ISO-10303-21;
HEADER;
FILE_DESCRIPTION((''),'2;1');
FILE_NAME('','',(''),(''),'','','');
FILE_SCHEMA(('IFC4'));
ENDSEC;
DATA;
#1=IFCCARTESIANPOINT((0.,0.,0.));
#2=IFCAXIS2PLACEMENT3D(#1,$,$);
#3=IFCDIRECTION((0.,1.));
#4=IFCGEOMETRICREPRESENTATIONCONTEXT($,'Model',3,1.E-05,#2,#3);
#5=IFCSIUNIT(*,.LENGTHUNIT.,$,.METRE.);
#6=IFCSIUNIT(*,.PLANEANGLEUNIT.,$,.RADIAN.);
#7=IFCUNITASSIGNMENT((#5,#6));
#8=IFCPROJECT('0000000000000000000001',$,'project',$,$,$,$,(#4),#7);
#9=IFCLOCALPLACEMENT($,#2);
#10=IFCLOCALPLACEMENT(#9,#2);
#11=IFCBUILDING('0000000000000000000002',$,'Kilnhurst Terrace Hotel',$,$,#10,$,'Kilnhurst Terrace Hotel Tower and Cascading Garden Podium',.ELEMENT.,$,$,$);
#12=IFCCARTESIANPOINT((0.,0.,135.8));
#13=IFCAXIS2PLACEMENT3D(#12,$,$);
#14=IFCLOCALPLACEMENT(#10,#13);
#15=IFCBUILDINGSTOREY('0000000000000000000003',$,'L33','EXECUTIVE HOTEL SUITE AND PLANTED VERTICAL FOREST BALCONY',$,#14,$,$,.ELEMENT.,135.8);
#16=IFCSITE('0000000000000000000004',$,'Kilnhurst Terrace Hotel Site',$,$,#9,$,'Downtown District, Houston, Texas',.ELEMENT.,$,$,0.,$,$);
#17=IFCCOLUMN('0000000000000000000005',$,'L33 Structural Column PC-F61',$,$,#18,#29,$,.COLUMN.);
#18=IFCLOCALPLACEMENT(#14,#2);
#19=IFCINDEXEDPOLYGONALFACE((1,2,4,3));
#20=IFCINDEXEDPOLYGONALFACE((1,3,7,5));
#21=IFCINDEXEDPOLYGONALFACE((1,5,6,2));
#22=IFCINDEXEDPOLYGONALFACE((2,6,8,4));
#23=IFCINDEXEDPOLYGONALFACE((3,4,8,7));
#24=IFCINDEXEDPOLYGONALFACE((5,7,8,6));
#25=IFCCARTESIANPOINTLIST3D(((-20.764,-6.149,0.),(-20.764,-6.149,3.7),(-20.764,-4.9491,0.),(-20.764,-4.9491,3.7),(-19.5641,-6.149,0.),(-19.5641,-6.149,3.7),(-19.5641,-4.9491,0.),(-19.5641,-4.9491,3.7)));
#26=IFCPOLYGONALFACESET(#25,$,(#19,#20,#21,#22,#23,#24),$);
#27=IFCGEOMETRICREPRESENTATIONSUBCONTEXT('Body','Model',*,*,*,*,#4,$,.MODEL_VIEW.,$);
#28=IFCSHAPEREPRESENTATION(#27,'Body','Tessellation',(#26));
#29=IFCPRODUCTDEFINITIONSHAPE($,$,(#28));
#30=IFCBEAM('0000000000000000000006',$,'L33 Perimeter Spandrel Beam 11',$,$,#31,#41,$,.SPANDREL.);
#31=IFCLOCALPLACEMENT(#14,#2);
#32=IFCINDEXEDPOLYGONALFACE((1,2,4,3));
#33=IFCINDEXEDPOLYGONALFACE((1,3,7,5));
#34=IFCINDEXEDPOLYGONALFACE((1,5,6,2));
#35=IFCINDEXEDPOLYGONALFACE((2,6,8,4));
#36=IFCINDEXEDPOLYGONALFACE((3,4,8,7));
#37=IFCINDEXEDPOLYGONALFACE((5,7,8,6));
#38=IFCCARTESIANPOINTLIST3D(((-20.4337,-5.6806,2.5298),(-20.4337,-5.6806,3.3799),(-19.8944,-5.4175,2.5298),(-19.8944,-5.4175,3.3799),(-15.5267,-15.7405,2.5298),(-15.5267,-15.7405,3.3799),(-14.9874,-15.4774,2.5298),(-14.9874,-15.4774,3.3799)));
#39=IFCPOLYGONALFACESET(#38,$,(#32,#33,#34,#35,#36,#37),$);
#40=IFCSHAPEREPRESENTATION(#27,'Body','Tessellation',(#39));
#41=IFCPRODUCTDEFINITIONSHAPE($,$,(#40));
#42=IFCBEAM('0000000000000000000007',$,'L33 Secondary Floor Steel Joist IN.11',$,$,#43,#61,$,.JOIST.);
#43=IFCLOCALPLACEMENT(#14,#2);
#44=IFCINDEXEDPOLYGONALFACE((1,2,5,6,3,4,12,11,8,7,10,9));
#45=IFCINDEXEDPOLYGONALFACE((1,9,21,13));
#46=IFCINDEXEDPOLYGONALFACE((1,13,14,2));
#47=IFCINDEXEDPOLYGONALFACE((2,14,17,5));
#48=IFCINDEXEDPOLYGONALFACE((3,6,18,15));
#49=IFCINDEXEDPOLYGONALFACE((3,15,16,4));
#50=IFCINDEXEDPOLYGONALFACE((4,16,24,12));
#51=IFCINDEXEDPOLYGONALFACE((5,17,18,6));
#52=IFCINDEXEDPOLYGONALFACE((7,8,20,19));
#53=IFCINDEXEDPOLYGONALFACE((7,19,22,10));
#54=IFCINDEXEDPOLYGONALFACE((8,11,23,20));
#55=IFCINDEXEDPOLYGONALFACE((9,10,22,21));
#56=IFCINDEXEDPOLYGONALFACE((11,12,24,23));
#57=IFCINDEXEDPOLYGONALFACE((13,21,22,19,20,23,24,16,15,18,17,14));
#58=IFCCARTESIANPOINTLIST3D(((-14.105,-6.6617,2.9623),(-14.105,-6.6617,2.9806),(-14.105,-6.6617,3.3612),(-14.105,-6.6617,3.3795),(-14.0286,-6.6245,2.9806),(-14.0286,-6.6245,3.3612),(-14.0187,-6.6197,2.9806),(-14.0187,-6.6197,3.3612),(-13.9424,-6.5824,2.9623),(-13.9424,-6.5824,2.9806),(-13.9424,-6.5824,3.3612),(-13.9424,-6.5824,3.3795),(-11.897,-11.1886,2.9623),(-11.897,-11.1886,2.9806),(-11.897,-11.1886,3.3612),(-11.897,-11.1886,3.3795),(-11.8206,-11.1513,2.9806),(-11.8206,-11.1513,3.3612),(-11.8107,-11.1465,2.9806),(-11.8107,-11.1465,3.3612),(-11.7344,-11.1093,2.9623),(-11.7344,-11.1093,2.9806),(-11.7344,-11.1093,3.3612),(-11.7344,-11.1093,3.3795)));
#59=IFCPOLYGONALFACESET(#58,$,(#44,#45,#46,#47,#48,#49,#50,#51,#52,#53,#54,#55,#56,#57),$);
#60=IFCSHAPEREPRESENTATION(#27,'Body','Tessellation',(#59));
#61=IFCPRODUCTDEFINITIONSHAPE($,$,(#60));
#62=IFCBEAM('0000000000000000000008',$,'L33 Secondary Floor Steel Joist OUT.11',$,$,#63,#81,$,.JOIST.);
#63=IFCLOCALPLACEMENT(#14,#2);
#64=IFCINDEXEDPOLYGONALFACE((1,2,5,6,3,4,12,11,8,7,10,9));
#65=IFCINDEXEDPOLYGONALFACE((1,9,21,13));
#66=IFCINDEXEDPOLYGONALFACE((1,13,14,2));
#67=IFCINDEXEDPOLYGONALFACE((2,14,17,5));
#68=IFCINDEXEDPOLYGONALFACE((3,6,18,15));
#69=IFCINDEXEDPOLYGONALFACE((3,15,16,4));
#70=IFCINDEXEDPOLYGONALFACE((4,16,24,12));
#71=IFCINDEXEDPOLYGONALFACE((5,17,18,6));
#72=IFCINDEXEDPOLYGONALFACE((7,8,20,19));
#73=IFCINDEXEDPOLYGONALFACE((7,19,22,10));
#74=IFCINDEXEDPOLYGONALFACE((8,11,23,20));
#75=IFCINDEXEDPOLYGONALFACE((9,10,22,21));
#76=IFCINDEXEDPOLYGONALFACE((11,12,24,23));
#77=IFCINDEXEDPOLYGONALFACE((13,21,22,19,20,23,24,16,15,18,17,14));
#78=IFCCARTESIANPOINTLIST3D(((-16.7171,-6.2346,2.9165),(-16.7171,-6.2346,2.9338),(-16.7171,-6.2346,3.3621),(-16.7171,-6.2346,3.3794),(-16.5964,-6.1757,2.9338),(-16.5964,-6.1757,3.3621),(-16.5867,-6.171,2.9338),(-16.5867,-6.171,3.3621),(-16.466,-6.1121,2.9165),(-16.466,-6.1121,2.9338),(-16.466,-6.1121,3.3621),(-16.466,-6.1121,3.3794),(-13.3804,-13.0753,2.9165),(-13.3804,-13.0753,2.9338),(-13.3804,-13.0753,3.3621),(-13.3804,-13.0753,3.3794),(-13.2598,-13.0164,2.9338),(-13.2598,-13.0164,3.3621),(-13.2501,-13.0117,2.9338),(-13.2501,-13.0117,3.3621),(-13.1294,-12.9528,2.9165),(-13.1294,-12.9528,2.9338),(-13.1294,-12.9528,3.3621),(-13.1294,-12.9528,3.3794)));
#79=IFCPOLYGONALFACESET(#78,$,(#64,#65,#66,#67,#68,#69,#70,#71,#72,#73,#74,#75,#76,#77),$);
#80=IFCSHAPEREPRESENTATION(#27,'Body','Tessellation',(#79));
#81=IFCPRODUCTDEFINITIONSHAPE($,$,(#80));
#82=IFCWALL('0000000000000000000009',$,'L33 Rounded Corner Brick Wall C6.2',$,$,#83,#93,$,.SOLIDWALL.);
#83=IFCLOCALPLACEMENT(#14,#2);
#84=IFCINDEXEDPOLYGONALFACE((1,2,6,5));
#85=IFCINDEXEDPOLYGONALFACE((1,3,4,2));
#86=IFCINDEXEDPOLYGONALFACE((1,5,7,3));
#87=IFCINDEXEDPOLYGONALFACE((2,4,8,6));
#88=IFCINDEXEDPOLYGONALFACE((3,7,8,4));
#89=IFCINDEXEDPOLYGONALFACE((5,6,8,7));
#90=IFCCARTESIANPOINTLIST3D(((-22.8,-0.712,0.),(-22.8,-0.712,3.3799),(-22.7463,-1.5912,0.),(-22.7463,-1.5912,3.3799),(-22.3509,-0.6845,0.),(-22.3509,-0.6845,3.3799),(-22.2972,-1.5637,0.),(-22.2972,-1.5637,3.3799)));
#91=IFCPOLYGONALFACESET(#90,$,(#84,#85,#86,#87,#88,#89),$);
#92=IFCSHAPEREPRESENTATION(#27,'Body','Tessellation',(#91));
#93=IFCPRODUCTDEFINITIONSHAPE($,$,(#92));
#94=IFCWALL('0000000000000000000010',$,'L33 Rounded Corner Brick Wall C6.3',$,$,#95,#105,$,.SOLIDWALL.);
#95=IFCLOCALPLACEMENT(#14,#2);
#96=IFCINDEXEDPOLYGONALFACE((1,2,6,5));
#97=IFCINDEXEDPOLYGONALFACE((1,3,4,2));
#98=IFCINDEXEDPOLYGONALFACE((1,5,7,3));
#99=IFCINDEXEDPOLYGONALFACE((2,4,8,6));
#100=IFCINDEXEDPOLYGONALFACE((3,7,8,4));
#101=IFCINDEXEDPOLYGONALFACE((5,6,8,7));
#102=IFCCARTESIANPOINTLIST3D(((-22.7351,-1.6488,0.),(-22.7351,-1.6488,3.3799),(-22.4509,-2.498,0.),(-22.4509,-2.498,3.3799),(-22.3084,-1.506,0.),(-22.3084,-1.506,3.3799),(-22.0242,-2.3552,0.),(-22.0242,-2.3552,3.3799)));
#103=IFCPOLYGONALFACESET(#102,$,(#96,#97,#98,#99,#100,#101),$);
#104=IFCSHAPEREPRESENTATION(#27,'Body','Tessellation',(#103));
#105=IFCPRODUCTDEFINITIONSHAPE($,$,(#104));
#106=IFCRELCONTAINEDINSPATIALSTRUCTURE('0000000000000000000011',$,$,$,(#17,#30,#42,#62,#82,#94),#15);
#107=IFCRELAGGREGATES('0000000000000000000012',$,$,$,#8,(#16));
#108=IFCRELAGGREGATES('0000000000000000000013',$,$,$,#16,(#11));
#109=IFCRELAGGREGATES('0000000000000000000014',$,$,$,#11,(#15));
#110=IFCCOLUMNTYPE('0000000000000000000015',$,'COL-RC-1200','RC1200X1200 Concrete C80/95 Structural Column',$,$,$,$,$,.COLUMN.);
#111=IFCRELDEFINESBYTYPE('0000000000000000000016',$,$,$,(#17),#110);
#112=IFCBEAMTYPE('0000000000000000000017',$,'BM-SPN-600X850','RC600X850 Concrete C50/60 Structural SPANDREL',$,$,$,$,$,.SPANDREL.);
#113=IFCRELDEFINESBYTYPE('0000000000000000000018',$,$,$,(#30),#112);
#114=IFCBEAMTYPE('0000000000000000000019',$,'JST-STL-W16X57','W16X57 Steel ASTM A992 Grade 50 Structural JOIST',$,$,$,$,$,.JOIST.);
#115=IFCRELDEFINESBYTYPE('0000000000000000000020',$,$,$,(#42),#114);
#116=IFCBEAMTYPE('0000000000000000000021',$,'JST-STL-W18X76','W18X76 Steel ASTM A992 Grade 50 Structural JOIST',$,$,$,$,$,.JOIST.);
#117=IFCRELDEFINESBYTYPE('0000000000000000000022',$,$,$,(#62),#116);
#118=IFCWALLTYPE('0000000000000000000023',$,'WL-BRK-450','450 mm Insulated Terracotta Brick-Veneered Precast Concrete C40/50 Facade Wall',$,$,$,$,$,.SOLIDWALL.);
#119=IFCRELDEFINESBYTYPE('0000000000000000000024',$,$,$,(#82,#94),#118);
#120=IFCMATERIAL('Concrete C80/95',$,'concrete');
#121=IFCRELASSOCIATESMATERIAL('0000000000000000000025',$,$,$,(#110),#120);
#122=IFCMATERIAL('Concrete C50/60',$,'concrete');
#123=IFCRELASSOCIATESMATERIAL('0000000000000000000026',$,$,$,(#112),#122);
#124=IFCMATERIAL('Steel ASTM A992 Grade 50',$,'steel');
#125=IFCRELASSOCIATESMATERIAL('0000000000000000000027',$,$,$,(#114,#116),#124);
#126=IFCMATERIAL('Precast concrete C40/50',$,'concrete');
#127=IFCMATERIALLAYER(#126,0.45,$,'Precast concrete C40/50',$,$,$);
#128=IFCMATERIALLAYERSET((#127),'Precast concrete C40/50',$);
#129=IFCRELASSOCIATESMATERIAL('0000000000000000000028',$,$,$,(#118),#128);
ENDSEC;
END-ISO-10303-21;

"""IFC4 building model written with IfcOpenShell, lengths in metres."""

from ifc_helpers import new_model, si_unit, direction, frame, frame_2d, origin, origin_2d, place, context, subcontext, project, spatial, rectangle, i_section, extrude, material, layer, layer_set, material_profile, profile_set, type_object, element, save


model = new_model("IFC4")

# Units and contexts
model_context = context("Model", 3, precision=1e-05, world=origin(), true_north=direction((0.0, 1.0)))
body_context = subcontext(model_context, "Body", "Model", "MODEL_VIEW")
ifc_project = project(units=[si_unit("LENGTHUNIT", "METRE"), si_unit("PLANEANGLEUNIT", "RADIAN")], contexts=[model_context])

# Site, building, storey
site_placement = place(None, origin())
site = spatial("IfcSite", under=ifc_project, at=site_placement, Name="Kilnhurst Terrace Hotel Site", LongName="Downtown District, Houston, Texas", CompositionType="ELEMENT", RefElevation=0.0)
building_placement = place(site_placement, origin())
building = spatial("IfcBuilding", under=site, at=building_placement, Name="Kilnhurst Terrace Hotel", LongName="Kilnhurst Terrace Hotel Tower and Cascading Garden Podium", CompositionType="ELEMENT")
storey_placement = place(building_placement, frame((0.0, 0.0, 135.8)))
storey = spatial("IfcBuildingStorey", under=building, at=storey_placement, Name="L33", Description="EXECUTIVE HOTEL SUITE AND PLANTED VERTICAL FOREST BALCONY", CompositionType="ELEMENT", Elevation=135.8)

# Column
ifc_material_1 = material(Name="Concrete C80/95", Category="concrete")
ifc_material_profile_1 = material_profile(ifc_material_1, rectangle(XDim=1.2, YDim=1.2, at=origin_2d()), Name="RC1200X1200")
ifc_profile_set_1 = profile_set([ifc_material_profile_1], Name="Concrete C80/95")
column_type = type_object("IfcColumnType", Name="COL-RC-1200", Description="RC1200X1200 Concrete C80/95 Structural Column", PredefinedType="COLUMN", material=ifc_profile_set_1)
column_placement = place(storey_placement, frame((-20.1641, -5.5491, 0.0), z_axis=(0.0, 0.0, 1.0), x_axis=(1.0, 0.0, 0.0)))
element("IfcColumn", 1, at=column_placement, inside=storey, type_object=column_type, Name="L33 Structural Column PC-F61", PredefinedType="COLUMN", context=body_context, shape_type="SweptSolid", body=[
    extrude(rectangle(XDim=1.2, YDim=1.2, at=origin_2d()), origin(), (0.0, 0.0, 1.0), 3.7),
])

# Beams
ifc_material_2 = material(Name="Concrete C50/60", Category="concrete")
ifc_material_profile_2 = material_profile(ifc_material_2, rectangle(XDim=0.6001, YDim=0.8501, at=origin_2d()), Name="RC600X850")
ifc_profile_set_2 = profile_set([ifc_material_profile_2], Name="Concrete C50/60")
beam_type_1 = type_object("IfcBeamType", Name="BM-SPN-600X850", Description="RC600X850 Concrete C50/60 Structural SPANDREL", PredefinedType="SPANDREL", material=ifc_profile_set_2)
beam_1_placement = place(storey_placement, frame((-20.1641, -5.5491, 2.9548), z_axis=(0.438406, -0.898777, 0.0), x_axis=(0.898777, 0.438406, 0.0)))
element("IfcBeam", 2, at=beam_1_placement, inside=storey, type_object=beam_type_1, Name="L33 Perimeter Spandrel Beam 11", PredefinedType="SPANDREL", context=body_context, shape_type="SweptSolid", body=[
    extrude(rectangle(XDim=0.6001, YDim=0.8501, at=origin_2d()), origin(), (0.0, 0.0, 1.0), 11.1929),
])
ifc_material_3 = material(Name="Steel ASTM A992 Grade 50", Category="steel")
ifc_material_profile_3 = material_profile(ifc_material_3, i_section(OverallWidth=0.1809, OverallDepth=0.4172, WebThickness=0.011, FlangeThickness=0.0183, at=origin_2d()), Name="W16X57")
ifc_profile_set_3 = profile_set([ifc_material_profile_3], Name="Steel ASTM A992 Grade 50")
beam_type_2 = type_object("IfcBeamType", Name="JST-STL-W16X57", Description="W16X57 Steel ASTM A992 Grade 50 Structural JOIST", PredefinedType="JOIST", material=ifc_profile_set_3)
beam_2_placement = place(storey_placement, frame((-14.0237, -6.6221, 3.1709), z_axis=(0.438389, -0.898785, 0.0), x_axis=(0.898785, 0.438389, 0.0)))
element("IfcBeam", 3, at=beam_2_placement, inside=storey, type_object=beam_type_2, Name="L33 Secondary Floor Steel Joist IN.11", PredefinedType="JOIST", context=body_context, shape_type="SweptSolid", body=[
    extrude(i_section(OverallWidth=0.1809, OverallDepth=0.4172, WebThickness=0.011, FlangeThickness=0.0183, at=origin_2d()), origin(), (0.0, 0.0, 1.0), 5.0366),
])
ifc_material_profile_4 = material_profile(ifc_material_3, i_section(OverallWidth=0.2793, OverallDepth=0.4629, WebThickness=0.0107, FlangeThickness=0.0173, at=origin_2d()), Name="W18X76")
ifc_profile_set_4 = profile_set([ifc_material_profile_4], Name="Steel ASTM A992 Grade 50")
beam_type_3 = type_object("IfcBeamType", Name="JST-STL-W18X76", Description="W18X76 Steel ASTM A992 Grade 50 Structural JOIST", PredefinedType="JOIST", material=ifc_profile_set_4)
beam_3_placement = place(storey_placement, frame((-16.5916, -6.1733, 3.1479), z_axis=(0.43839, -0.898785, 0.0), x_axis=(0.898785, 0.43839, 0.0)))
element("IfcBeam", 4, at=beam_3_placement, inside=storey, type_object=beam_type_3, Name="L33 Secondary Floor Steel Joist OUT.11", PredefinedType="JOIST", context=body_context, shape_type="SweptSolid", body=[
    extrude(i_section(OverallWidth=0.2793, OverallDepth=0.4629, WebThickness=0.0107, FlangeThickness=0.0173, at=origin_2d()), origin(), (0.0, 0.0, 1.0), 7.6111),
])

# Walls
ifc_material_4 = material(Name="Precast concrete C40/50", Category="concrete")
ifc_layer_1 = layer(ifc_material_4, 0.45, Name="Precast concrete C40/50")
ifc_layer_set_1 = layer_set([ifc_layer_1], Name="Precast concrete C40/50")
wall_type_1 = type_object("IfcWallType", Name="WL-BRK-450", Description="450 mm Insulated Terracotta Brick-Veneered Precast Concrete C40/50 Facade Wall", PredefinedType="SOLIDWALL", material=ifc_layer_set_1)
wall_1_placement = place(storey_placement, frame((-22.5754, -0.6982, 0.0), z_axis=(0.0, 0.0, 1.0), x_axis=(0.06098, -0.998139, 0.0)))
element("IfcWall", 5, at=wall_1_placement, inside=storey, type_object=wall_type_1, Name="L33 Rounded Corner Brick Wall C6.2", PredefinedType="SOLIDWALL", context=body_context, shape_type="SweptSolid", body=[
    extrude(rectangle(XDim=0.8809, YDim=0.45, at=frame_2d((0.4404, 0.0))), origin(), (0.0, 0.0, 1.0), 3.3799),
])
wall_2_placement = place(storey_placement, frame((-22.5217, -1.5774, 0.0), z_axis=(0.0, 0.0, 1.0), x_axis=(0.317373, -0.948301, 0.0)))
element("IfcWall", 6, at=wall_2_placement, inside=storey, type_object=wall_type_1, Name="L33 Rounded Corner Brick Wall C6.3", PredefinedType="SOLIDWALL", context=body_context, shape_type="SweptSolid", body=[
    extrude(rectangle(XDim=0.8955, YDim=0.45, at=frame_2d((0.4478, 0.0))), origin(), (0.0, 0.0, 1.0), 3.3799),
])

save(model, "model.ifc")
